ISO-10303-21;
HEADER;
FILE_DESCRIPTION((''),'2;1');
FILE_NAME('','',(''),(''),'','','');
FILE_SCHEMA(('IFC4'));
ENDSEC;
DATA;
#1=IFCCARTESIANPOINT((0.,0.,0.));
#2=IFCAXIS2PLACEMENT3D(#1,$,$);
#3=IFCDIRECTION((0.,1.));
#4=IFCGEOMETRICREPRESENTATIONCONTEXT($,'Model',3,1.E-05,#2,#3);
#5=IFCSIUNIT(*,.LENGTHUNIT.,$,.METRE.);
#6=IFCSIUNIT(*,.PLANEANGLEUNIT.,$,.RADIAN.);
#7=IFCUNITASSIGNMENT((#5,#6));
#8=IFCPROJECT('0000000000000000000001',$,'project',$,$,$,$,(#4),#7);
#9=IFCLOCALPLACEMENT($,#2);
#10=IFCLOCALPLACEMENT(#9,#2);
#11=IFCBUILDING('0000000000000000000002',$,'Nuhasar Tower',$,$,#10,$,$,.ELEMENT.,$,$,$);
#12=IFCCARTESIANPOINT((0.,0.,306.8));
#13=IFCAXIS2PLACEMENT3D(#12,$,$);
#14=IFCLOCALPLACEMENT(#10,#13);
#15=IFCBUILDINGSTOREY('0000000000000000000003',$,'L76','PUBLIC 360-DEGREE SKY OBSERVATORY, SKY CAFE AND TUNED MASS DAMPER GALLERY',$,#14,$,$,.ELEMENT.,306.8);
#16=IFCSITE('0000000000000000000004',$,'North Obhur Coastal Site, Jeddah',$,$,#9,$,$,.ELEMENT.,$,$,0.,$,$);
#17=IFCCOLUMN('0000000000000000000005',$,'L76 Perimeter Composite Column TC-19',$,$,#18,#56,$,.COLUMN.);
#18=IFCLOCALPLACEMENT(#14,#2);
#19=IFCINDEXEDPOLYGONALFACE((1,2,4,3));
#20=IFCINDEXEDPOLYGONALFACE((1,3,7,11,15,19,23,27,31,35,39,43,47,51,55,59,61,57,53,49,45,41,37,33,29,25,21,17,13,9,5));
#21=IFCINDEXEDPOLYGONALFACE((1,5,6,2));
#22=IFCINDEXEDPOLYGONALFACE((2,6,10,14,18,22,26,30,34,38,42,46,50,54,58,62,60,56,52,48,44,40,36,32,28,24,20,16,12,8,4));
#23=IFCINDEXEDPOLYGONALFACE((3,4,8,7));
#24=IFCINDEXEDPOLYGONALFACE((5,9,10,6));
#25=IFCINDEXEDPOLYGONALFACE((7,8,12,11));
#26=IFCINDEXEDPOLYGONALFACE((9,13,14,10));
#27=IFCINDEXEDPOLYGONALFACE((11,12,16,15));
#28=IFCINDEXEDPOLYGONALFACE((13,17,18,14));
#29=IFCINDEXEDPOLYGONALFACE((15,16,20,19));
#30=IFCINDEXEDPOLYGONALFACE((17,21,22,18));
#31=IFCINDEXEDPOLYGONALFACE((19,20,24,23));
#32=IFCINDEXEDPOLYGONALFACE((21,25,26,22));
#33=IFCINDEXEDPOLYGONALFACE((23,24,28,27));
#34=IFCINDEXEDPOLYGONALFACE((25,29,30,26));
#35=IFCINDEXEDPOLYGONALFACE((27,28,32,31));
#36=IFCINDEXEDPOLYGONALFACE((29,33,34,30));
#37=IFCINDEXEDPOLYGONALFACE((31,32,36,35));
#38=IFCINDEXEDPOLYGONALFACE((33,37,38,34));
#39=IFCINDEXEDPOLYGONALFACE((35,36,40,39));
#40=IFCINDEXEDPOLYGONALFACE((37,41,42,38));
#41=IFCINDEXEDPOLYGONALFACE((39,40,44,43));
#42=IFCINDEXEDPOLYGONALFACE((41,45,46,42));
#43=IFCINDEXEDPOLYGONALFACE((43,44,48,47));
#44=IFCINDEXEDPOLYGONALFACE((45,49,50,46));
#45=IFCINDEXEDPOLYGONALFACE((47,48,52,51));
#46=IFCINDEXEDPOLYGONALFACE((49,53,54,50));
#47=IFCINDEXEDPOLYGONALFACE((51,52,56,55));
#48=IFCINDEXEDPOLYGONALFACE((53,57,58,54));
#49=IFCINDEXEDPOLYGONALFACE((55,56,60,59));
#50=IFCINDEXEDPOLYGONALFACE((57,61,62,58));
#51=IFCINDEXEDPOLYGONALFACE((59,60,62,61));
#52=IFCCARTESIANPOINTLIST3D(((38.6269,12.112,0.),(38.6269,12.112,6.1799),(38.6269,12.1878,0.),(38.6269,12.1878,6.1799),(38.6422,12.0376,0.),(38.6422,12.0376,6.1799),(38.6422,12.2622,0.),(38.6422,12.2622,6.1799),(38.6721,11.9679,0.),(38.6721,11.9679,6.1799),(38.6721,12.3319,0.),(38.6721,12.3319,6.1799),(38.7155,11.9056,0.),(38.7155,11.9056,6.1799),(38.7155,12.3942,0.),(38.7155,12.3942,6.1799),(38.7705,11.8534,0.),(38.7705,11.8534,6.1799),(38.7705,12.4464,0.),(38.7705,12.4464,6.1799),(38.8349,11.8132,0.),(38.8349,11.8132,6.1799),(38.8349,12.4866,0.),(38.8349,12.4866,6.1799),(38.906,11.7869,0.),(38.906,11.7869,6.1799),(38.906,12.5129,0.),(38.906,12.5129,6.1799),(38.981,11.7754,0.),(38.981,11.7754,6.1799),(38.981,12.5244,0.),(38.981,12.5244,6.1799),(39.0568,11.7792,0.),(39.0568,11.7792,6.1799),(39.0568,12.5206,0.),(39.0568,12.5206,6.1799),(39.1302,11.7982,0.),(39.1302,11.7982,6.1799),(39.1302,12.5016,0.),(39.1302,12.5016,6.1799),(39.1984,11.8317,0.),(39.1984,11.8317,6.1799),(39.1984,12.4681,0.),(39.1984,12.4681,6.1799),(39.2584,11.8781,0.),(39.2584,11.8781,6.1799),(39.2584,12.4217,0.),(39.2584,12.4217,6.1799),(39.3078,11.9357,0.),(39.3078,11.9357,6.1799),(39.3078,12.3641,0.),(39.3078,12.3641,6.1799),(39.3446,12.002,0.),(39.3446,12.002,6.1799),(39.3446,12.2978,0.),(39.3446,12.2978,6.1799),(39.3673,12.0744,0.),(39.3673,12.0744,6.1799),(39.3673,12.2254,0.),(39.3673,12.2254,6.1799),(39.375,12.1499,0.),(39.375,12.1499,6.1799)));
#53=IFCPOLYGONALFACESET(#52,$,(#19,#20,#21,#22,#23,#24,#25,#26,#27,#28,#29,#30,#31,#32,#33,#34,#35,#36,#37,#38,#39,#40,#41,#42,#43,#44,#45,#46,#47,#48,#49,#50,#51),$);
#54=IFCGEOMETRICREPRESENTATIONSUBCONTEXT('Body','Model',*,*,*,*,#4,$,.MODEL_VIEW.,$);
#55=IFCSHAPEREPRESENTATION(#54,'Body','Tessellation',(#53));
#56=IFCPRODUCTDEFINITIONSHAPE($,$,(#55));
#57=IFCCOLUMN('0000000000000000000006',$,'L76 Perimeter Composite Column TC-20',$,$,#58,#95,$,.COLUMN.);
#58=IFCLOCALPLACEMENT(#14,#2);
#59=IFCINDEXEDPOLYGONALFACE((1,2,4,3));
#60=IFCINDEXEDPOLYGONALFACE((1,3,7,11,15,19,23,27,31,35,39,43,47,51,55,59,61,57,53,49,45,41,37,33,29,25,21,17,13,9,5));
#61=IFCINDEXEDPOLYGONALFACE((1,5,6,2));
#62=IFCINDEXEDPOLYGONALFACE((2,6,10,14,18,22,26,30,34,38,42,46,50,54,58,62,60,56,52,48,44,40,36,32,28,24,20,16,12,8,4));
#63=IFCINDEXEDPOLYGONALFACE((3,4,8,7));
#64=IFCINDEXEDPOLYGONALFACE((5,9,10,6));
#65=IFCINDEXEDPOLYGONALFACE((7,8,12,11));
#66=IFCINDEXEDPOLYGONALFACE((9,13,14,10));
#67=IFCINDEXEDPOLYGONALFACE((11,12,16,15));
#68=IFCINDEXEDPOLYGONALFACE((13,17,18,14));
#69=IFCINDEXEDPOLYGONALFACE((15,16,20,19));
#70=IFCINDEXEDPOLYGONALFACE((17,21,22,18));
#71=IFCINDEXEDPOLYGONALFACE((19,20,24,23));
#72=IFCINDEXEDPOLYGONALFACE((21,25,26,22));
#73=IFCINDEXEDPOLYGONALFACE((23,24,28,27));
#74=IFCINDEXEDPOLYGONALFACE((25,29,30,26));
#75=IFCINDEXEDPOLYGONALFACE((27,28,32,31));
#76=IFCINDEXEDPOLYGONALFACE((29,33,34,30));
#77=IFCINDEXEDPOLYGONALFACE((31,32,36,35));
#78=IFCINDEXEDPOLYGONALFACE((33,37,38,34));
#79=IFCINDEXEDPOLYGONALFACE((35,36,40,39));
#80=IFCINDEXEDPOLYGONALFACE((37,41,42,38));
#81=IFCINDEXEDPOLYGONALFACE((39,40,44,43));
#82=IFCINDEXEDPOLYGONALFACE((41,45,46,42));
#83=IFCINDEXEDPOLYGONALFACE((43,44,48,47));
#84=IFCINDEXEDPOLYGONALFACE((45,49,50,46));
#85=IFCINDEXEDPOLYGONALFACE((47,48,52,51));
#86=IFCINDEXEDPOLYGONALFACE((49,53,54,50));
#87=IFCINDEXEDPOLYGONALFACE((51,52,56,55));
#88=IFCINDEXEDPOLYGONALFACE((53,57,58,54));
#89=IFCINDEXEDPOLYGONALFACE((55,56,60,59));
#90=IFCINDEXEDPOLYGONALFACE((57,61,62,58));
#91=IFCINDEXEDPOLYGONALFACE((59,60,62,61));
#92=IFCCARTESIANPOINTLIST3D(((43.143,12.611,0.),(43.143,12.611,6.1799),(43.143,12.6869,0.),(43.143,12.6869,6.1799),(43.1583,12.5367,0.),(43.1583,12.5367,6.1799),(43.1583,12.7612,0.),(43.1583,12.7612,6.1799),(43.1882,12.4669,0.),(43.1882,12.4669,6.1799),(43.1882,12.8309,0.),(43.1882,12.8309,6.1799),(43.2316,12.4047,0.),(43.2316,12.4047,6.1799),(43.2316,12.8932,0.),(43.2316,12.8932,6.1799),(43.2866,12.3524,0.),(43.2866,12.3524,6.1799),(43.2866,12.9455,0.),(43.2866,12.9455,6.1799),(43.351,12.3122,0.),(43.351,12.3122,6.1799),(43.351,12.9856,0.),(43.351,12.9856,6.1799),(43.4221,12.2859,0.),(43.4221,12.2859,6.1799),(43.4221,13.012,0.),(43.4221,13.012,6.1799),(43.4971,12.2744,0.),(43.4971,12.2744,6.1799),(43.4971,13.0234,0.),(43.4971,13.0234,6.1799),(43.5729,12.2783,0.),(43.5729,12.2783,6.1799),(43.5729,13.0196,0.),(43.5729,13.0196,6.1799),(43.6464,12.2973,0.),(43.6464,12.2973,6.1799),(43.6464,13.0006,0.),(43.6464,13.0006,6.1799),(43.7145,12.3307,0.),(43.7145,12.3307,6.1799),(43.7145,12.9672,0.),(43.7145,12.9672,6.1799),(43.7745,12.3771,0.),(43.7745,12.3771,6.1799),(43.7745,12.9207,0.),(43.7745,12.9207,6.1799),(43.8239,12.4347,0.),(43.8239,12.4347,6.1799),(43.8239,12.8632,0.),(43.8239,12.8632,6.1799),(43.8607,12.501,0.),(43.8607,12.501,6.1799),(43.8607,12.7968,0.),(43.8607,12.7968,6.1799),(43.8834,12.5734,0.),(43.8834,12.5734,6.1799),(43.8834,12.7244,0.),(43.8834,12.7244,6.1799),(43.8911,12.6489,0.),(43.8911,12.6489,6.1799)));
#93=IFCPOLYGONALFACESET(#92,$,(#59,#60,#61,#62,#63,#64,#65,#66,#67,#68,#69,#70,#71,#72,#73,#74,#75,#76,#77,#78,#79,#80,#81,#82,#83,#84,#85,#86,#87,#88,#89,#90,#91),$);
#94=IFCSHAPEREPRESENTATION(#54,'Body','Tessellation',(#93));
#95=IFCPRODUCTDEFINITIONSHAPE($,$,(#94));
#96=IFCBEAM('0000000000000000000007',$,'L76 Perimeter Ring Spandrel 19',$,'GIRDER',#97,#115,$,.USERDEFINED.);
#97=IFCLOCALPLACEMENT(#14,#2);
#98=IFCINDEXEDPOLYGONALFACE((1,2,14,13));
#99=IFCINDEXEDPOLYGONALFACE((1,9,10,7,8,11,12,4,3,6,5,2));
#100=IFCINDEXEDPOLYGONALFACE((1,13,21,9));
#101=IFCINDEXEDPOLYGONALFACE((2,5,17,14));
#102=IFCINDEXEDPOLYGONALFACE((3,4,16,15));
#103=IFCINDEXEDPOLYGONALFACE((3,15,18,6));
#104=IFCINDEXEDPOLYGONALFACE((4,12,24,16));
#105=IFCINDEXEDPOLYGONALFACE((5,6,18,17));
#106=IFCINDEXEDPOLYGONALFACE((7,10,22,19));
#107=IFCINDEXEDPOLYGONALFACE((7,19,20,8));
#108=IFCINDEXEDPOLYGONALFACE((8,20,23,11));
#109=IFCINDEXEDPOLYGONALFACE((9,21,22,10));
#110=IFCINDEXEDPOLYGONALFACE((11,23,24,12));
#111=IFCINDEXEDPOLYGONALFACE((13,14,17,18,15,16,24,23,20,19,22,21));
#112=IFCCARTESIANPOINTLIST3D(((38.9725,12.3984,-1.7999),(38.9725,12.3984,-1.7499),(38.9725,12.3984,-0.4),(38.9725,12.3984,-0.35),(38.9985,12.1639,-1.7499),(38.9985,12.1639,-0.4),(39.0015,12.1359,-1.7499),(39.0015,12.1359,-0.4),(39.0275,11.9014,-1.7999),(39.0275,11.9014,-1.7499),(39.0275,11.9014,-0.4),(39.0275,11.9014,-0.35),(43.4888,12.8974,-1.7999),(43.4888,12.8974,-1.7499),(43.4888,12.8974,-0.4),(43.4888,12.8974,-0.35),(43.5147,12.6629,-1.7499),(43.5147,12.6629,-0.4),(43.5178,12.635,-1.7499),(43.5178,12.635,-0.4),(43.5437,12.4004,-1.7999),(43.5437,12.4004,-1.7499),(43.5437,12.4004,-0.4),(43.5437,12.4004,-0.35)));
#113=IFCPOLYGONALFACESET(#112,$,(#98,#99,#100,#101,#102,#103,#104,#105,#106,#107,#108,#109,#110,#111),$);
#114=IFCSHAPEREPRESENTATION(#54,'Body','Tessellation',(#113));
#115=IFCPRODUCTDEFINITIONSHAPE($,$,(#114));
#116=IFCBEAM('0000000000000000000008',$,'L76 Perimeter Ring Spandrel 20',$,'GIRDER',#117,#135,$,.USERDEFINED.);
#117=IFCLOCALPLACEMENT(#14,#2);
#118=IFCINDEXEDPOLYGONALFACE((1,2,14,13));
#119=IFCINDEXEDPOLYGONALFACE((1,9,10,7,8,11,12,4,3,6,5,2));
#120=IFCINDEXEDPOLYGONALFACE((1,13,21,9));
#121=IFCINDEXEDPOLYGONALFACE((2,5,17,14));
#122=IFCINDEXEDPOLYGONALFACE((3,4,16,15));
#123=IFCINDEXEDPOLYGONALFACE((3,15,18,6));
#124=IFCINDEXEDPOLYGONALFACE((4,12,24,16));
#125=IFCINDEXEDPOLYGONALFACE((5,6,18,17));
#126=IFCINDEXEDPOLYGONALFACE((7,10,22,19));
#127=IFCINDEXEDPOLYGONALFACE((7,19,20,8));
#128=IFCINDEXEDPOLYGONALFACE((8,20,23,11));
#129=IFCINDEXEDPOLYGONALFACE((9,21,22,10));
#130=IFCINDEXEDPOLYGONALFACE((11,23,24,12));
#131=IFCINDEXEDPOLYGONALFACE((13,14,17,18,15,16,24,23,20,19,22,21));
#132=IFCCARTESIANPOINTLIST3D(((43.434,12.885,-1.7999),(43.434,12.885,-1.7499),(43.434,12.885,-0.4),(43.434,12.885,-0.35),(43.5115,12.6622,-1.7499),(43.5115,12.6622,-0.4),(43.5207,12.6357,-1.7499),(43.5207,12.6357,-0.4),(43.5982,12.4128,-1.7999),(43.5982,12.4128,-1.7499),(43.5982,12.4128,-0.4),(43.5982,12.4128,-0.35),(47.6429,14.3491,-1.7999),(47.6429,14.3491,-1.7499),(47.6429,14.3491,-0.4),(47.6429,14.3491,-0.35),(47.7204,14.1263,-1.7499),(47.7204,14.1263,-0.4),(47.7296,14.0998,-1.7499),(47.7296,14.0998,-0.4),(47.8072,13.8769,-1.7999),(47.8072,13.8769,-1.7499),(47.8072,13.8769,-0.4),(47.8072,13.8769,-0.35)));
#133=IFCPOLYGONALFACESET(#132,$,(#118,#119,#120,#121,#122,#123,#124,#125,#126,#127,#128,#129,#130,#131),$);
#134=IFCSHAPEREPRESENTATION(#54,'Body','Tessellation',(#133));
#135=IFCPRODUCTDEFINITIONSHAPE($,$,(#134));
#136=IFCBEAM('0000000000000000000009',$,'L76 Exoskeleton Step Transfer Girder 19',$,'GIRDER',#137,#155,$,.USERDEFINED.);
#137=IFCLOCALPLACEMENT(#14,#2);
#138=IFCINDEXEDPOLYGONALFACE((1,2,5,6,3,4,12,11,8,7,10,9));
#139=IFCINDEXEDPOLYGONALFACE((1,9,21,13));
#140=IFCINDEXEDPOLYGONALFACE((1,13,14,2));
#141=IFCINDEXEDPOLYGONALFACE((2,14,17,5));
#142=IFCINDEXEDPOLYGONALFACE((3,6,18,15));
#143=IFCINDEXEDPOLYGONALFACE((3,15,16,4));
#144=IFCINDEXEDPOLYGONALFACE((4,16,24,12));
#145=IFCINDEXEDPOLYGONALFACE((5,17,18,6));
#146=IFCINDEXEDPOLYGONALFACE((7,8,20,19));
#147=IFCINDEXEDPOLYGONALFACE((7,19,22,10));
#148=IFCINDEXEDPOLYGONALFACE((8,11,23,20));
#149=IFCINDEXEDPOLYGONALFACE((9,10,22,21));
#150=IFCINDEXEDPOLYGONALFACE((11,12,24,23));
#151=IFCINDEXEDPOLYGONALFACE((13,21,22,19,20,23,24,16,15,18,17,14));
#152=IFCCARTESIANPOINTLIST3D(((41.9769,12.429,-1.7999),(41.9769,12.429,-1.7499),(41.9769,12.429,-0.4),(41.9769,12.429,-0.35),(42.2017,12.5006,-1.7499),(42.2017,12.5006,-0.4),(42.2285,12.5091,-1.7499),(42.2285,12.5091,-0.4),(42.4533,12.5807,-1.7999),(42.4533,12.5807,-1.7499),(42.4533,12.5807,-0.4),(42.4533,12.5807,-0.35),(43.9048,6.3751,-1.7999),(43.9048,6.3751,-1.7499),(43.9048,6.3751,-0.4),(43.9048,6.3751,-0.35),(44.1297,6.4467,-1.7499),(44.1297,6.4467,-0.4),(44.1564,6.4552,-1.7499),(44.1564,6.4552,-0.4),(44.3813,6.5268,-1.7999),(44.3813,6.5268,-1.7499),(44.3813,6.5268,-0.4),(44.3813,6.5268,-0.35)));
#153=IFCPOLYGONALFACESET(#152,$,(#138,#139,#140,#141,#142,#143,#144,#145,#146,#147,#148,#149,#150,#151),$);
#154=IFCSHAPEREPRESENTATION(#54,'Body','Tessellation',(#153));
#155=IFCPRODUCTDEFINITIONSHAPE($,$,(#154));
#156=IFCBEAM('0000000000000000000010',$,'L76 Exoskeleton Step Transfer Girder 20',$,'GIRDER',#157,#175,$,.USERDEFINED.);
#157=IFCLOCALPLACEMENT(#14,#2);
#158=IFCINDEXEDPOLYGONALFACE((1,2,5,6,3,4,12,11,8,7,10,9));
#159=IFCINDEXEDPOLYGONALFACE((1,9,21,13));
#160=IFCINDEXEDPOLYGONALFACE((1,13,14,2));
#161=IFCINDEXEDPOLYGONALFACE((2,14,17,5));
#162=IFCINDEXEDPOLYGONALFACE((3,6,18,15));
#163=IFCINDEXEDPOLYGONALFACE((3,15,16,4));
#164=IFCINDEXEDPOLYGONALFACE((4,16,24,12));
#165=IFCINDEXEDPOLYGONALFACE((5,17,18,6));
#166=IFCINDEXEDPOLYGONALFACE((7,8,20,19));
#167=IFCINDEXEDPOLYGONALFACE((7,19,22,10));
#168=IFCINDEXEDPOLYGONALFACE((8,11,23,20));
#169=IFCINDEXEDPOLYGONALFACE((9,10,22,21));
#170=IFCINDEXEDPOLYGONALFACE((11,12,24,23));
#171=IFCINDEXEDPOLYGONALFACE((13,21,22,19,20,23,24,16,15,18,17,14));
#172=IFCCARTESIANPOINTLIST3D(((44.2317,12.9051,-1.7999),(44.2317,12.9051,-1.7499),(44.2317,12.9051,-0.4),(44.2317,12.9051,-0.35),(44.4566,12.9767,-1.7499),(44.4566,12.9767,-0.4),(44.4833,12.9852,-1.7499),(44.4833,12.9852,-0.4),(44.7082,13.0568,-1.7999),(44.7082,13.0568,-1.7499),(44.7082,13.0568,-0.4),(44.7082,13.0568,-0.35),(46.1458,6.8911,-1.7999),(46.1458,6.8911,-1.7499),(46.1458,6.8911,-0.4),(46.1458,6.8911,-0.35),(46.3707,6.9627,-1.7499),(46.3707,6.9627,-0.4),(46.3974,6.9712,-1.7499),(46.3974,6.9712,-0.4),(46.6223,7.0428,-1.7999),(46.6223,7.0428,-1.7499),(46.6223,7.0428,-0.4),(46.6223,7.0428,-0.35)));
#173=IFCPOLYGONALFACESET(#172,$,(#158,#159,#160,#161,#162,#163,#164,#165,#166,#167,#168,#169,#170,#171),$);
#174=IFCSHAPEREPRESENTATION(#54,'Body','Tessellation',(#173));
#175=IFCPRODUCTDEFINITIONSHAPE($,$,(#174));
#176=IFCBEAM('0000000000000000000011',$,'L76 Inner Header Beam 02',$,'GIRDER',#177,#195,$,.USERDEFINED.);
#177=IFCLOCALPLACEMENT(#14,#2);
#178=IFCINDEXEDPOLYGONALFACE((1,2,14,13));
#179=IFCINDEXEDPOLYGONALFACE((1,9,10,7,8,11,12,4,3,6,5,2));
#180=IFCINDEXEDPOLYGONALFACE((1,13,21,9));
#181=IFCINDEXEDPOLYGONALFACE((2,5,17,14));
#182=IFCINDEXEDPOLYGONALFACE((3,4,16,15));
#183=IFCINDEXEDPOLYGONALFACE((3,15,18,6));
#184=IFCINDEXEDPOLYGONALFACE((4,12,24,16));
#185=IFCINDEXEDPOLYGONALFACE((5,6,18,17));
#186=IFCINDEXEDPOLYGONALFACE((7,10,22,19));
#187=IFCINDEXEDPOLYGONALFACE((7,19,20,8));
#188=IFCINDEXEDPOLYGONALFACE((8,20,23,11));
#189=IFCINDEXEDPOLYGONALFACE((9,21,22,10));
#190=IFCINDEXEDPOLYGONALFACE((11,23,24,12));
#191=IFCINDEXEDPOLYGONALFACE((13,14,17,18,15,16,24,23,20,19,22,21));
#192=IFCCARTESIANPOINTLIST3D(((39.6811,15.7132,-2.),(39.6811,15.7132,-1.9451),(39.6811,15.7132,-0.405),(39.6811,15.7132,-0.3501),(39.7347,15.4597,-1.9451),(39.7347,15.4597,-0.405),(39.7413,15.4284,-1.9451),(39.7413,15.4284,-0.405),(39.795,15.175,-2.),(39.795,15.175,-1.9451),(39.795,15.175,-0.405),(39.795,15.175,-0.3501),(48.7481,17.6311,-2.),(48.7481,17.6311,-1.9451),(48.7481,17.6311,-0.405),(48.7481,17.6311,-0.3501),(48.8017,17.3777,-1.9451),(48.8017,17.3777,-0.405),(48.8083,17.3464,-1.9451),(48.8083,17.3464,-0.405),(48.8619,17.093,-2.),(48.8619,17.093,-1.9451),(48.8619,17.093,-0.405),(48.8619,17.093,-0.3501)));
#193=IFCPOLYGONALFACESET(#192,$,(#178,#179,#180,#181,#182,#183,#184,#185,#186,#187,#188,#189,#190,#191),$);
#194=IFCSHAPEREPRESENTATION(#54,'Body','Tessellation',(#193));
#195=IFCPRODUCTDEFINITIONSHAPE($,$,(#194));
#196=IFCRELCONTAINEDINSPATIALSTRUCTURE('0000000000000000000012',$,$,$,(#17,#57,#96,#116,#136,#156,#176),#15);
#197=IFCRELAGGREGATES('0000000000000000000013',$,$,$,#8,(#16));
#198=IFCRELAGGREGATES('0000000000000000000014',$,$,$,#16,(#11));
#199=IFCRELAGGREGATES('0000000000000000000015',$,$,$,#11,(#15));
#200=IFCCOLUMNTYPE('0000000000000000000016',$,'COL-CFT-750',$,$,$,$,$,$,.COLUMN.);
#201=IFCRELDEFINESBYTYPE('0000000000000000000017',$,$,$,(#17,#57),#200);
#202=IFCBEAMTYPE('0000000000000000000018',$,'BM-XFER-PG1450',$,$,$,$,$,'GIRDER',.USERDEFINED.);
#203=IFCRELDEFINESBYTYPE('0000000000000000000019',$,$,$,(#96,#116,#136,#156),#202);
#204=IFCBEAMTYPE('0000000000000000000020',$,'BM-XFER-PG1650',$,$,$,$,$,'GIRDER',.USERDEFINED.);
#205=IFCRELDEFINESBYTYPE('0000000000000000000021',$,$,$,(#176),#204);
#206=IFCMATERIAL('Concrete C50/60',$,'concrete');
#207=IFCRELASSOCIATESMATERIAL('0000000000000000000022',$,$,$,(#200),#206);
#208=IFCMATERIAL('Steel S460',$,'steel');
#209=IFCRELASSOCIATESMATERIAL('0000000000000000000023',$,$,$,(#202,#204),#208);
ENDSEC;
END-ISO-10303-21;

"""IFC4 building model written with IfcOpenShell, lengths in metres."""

from ifc_helpers import new_model, si_unit, direction, frame, origin, origin_2d, place, context, subcontext, project, spatial, circle, i_section, extrude, material, material_profile, profile_set, type_object, element, save


model = new_model("IFC4")

# Units and contexts
model_context = context("Model", 3, precision=1e-05, world=origin(), true_north=direction((0.0, 1.0)))
body_context = subcontext(model_context, "Body", "Model", "MODEL_VIEW")
ifc_project = project(units=[si_unit("LENGTHUNIT", "METRE"), si_unit("PLANEANGLEUNIT", "RADIAN")], contexts=[model_context])

# Site, building, storey
site_placement = place(None, origin())
site = spatial("IfcSite", under=ifc_project, at=site_placement, Name="North Obhur Coastal Site, Jeddah", CompositionType="ELEMENT", RefElevation=0.0)
building_placement = place(site_placement, origin())
building = spatial("IfcBuilding", under=site, at=building_placement, Name="Nuhasar Tower", CompositionType="ELEMENT")
storey_placement = place(building_placement, frame((0.0, 0.0, 306.8)))
storey = spatial("IfcBuildingStorey", under=building, at=storey_placement, Name="L76", Description="PUBLIC 360-DEGREE SKY OBSERVATORY, SKY CAFE AND TUNED MASS DAMPER GALLERY", CompositionType="ELEMENT", Elevation=306.8)

# Columns
ifc_material_1 = material(Name="Concrete C50/60", Category="concrete")
ifc_material_profile_1 = material_profile(ifc_material_1, circle(Radius=0.375, at=origin_2d()), Name="CFT750")
ifc_profile_set_1 = profile_set([ifc_material_profile_1], Name="Concrete C50/60")
column_type = type_object("IfcColumnType", Name="COL-CFT-750", PredefinedType="COLUMN", material=ifc_profile_set_1)
for number, where, z_axis, x_axis, name in (
    (1, (39.0, 12.1499, 0.0), (0.0, 0.0, 1.0), (1.0, 0.0, 0.0), "L76 Perimeter Composite Column TC-19"),
    (2, (43.5161, 12.6489, 0.0), (0.0, 0.0, 1.0), (1.0, 0.0, 0.0), "L76 Perimeter Composite Column TC-20"),
):
    element("IfcColumn", number, at=place(storey_placement, frame(where, z_axis=z_axis, x_axis=x_axis)), inside=storey, type_object=column_type, Name=name, PredefinedType="COLUMN", context=body_context, shape_type="SweptSolid", body=[
        extrude(circle(Radius=0.375, at=origin_2d()), origin(), (0.0, 0.0, 1.0), 6.1799),
    ])

# Beams
ifc_material_2 = material(Name="Steel S460", Category="steel")
ifc_material_profile_2 = material_profile(ifc_material_2, i_section(OverallWidth=0.5, OverallDepth=1.45, WebThickness=0.0281, FlangeThickness=0.05, at=origin_2d()), Name="PG1450X500")
ifc_profile_set_2 = profile_set([ifc_material_profile_2], Name="Steel S460")
beam_type_1 = type_object("IfcBeamType", Name="BM-XFER-PG1450", ElementType="GIRDER", PredefinedType="USERDEFINED", material=ifc_profile_set_2)
beam_1_placement = place(storey_placement, frame((39.0, 12.1499, -1.075), z_axis=(0.99395, 0.10983, 0.0), x_axis=(-0.10983, 0.99395, 0.0)))
element("IfcBeam", 3, at=beam_1_placement, inside=storey, type_object=beam_type_1, Name="L76 Perimeter Ring Spandrel 19", ObjectType="GIRDER", PredefinedType="USERDEFINED", context=body_context, shape_type="SweptSolid", body=[
    extrude(i_section(OverallWidth=0.5, OverallDepth=1.45, WebThickness=0.0281, FlangeThickness=0.05, at=origin_2d()), origin(), (0.0, 0.0, 1.0), 4.5437),
])
beam_2_placement = place(storey_placement, frame((43.5161, 12.6489, -1.075), z_axis=(0.944489, 0.328544, 0.0), x_axis=(-0.328544, 0.944489, 0.0)))
element("IfcBeam", 4, at=beam_2_placement, inside=storey, type_object=beam_type_1, Name="L76 Perimeter Ring Spandrel 20", ObjectType="GIRDER", PredefinedType="USERDEFINED", context=body_context, shape_type="SweptSolid", body=[
    extrude(i_section(OverallWidth=0.5, OverallDepth=1.45, WebThickness=0.0281, FlangeThickness=0.05, at=origin_2d()), origin(), (0.0, 0.0, 1.0), 4.4563),
])
beam_3_placement = place(storey_placement, frame((42.2151, 12.5049, -1.075), z_axis=(0.303449, -0.952848, 0.0), x_axis=(0.952848, 0.303449, 0.0)))
element("IfcBeam", 5, at=beam_3_placement, inside=storey, type_object=beam_type_1, Name="L76 Exoskeleton Step Transfer Girder 19", ObjectType="GIRDER", PredefinedType="USERDEFINED", context=body_context, shape_type="SweptSolid", body=[
    extrude(i_section(OverallWidth=0.5, OverallDepth=1.45, WebThickness=0.0281, FlangeThickness=0.05, at=origin_2d()), origin(), (0.0, 0.0, 1.0), 6.3535),
])
beam_4_placement = place(storey_placement, frame((44.47, 12.981, -1.075), z_axis=(0.303282, -0.952901, 0.0), x_axis=(0.952901, 0.303282, 0.0)))
element("IfcBeam", 6, at=beam_4_placement, inside=storey, type_object=beam_type_1, Name="L76 Exoskeleton Step Transfer Girder 20", ObjectType="GIRDER", PredefinedType="USERDEFINED", context=body_context, shape_type="SweptSolid", body=[
    extrude(i_section(OverallWidth=0.5, OverallDepth=1.45, WebThickness=0.0281, FlangeThickness=0.05, at=origin_2d()), origin(), (0.0, 0.0, 1.0), 6.3113),
])
ifc_material_profile_3 = material_profile(ifc_material_2, i_section(OverallWidth=0.55, OverallDepth=1.6499, WebThickness=0.032, FlangeThickness=0.0549, at=origin_2d()), Name="PG1650X550")
ifc_profile_set_3 = profile_set([ifc_material_profile_3], Name="Steel S460")
beam_type_2 = type_object("IfcBeamType", Name="BM-XFER-PG1650", ElementType="GIRDER", PredefinedType="USERDEFINED", material=ifc_profile_set_3)
beam_5_placement = place(storey_placement, frame((39.738, 15.4441, -1.175), z_axis=(0.97835, 0.206956, 0.0), x_axis=(-0.206956, 0.97835, 0.0)))
element("IfcBeam", 7, at=beam_5_placement, inside=storey, type_object=beam_type_2, Name="L76 Inner Header Beam 02", ObjectType="GIRDER", PredefinedType="USERDEFINED", context=body_context, shape_type="SweptSolid", body=[
    extrude(i_section(OverallWidth=0.55, OverallDepth=1.6499, WebThickness=0.032, FlangeThickness=0.0549, at=origin_2d()), origin(), (0.0, 0.0, 1.0), 9.2676),
])

save(model, "model.ifc")
